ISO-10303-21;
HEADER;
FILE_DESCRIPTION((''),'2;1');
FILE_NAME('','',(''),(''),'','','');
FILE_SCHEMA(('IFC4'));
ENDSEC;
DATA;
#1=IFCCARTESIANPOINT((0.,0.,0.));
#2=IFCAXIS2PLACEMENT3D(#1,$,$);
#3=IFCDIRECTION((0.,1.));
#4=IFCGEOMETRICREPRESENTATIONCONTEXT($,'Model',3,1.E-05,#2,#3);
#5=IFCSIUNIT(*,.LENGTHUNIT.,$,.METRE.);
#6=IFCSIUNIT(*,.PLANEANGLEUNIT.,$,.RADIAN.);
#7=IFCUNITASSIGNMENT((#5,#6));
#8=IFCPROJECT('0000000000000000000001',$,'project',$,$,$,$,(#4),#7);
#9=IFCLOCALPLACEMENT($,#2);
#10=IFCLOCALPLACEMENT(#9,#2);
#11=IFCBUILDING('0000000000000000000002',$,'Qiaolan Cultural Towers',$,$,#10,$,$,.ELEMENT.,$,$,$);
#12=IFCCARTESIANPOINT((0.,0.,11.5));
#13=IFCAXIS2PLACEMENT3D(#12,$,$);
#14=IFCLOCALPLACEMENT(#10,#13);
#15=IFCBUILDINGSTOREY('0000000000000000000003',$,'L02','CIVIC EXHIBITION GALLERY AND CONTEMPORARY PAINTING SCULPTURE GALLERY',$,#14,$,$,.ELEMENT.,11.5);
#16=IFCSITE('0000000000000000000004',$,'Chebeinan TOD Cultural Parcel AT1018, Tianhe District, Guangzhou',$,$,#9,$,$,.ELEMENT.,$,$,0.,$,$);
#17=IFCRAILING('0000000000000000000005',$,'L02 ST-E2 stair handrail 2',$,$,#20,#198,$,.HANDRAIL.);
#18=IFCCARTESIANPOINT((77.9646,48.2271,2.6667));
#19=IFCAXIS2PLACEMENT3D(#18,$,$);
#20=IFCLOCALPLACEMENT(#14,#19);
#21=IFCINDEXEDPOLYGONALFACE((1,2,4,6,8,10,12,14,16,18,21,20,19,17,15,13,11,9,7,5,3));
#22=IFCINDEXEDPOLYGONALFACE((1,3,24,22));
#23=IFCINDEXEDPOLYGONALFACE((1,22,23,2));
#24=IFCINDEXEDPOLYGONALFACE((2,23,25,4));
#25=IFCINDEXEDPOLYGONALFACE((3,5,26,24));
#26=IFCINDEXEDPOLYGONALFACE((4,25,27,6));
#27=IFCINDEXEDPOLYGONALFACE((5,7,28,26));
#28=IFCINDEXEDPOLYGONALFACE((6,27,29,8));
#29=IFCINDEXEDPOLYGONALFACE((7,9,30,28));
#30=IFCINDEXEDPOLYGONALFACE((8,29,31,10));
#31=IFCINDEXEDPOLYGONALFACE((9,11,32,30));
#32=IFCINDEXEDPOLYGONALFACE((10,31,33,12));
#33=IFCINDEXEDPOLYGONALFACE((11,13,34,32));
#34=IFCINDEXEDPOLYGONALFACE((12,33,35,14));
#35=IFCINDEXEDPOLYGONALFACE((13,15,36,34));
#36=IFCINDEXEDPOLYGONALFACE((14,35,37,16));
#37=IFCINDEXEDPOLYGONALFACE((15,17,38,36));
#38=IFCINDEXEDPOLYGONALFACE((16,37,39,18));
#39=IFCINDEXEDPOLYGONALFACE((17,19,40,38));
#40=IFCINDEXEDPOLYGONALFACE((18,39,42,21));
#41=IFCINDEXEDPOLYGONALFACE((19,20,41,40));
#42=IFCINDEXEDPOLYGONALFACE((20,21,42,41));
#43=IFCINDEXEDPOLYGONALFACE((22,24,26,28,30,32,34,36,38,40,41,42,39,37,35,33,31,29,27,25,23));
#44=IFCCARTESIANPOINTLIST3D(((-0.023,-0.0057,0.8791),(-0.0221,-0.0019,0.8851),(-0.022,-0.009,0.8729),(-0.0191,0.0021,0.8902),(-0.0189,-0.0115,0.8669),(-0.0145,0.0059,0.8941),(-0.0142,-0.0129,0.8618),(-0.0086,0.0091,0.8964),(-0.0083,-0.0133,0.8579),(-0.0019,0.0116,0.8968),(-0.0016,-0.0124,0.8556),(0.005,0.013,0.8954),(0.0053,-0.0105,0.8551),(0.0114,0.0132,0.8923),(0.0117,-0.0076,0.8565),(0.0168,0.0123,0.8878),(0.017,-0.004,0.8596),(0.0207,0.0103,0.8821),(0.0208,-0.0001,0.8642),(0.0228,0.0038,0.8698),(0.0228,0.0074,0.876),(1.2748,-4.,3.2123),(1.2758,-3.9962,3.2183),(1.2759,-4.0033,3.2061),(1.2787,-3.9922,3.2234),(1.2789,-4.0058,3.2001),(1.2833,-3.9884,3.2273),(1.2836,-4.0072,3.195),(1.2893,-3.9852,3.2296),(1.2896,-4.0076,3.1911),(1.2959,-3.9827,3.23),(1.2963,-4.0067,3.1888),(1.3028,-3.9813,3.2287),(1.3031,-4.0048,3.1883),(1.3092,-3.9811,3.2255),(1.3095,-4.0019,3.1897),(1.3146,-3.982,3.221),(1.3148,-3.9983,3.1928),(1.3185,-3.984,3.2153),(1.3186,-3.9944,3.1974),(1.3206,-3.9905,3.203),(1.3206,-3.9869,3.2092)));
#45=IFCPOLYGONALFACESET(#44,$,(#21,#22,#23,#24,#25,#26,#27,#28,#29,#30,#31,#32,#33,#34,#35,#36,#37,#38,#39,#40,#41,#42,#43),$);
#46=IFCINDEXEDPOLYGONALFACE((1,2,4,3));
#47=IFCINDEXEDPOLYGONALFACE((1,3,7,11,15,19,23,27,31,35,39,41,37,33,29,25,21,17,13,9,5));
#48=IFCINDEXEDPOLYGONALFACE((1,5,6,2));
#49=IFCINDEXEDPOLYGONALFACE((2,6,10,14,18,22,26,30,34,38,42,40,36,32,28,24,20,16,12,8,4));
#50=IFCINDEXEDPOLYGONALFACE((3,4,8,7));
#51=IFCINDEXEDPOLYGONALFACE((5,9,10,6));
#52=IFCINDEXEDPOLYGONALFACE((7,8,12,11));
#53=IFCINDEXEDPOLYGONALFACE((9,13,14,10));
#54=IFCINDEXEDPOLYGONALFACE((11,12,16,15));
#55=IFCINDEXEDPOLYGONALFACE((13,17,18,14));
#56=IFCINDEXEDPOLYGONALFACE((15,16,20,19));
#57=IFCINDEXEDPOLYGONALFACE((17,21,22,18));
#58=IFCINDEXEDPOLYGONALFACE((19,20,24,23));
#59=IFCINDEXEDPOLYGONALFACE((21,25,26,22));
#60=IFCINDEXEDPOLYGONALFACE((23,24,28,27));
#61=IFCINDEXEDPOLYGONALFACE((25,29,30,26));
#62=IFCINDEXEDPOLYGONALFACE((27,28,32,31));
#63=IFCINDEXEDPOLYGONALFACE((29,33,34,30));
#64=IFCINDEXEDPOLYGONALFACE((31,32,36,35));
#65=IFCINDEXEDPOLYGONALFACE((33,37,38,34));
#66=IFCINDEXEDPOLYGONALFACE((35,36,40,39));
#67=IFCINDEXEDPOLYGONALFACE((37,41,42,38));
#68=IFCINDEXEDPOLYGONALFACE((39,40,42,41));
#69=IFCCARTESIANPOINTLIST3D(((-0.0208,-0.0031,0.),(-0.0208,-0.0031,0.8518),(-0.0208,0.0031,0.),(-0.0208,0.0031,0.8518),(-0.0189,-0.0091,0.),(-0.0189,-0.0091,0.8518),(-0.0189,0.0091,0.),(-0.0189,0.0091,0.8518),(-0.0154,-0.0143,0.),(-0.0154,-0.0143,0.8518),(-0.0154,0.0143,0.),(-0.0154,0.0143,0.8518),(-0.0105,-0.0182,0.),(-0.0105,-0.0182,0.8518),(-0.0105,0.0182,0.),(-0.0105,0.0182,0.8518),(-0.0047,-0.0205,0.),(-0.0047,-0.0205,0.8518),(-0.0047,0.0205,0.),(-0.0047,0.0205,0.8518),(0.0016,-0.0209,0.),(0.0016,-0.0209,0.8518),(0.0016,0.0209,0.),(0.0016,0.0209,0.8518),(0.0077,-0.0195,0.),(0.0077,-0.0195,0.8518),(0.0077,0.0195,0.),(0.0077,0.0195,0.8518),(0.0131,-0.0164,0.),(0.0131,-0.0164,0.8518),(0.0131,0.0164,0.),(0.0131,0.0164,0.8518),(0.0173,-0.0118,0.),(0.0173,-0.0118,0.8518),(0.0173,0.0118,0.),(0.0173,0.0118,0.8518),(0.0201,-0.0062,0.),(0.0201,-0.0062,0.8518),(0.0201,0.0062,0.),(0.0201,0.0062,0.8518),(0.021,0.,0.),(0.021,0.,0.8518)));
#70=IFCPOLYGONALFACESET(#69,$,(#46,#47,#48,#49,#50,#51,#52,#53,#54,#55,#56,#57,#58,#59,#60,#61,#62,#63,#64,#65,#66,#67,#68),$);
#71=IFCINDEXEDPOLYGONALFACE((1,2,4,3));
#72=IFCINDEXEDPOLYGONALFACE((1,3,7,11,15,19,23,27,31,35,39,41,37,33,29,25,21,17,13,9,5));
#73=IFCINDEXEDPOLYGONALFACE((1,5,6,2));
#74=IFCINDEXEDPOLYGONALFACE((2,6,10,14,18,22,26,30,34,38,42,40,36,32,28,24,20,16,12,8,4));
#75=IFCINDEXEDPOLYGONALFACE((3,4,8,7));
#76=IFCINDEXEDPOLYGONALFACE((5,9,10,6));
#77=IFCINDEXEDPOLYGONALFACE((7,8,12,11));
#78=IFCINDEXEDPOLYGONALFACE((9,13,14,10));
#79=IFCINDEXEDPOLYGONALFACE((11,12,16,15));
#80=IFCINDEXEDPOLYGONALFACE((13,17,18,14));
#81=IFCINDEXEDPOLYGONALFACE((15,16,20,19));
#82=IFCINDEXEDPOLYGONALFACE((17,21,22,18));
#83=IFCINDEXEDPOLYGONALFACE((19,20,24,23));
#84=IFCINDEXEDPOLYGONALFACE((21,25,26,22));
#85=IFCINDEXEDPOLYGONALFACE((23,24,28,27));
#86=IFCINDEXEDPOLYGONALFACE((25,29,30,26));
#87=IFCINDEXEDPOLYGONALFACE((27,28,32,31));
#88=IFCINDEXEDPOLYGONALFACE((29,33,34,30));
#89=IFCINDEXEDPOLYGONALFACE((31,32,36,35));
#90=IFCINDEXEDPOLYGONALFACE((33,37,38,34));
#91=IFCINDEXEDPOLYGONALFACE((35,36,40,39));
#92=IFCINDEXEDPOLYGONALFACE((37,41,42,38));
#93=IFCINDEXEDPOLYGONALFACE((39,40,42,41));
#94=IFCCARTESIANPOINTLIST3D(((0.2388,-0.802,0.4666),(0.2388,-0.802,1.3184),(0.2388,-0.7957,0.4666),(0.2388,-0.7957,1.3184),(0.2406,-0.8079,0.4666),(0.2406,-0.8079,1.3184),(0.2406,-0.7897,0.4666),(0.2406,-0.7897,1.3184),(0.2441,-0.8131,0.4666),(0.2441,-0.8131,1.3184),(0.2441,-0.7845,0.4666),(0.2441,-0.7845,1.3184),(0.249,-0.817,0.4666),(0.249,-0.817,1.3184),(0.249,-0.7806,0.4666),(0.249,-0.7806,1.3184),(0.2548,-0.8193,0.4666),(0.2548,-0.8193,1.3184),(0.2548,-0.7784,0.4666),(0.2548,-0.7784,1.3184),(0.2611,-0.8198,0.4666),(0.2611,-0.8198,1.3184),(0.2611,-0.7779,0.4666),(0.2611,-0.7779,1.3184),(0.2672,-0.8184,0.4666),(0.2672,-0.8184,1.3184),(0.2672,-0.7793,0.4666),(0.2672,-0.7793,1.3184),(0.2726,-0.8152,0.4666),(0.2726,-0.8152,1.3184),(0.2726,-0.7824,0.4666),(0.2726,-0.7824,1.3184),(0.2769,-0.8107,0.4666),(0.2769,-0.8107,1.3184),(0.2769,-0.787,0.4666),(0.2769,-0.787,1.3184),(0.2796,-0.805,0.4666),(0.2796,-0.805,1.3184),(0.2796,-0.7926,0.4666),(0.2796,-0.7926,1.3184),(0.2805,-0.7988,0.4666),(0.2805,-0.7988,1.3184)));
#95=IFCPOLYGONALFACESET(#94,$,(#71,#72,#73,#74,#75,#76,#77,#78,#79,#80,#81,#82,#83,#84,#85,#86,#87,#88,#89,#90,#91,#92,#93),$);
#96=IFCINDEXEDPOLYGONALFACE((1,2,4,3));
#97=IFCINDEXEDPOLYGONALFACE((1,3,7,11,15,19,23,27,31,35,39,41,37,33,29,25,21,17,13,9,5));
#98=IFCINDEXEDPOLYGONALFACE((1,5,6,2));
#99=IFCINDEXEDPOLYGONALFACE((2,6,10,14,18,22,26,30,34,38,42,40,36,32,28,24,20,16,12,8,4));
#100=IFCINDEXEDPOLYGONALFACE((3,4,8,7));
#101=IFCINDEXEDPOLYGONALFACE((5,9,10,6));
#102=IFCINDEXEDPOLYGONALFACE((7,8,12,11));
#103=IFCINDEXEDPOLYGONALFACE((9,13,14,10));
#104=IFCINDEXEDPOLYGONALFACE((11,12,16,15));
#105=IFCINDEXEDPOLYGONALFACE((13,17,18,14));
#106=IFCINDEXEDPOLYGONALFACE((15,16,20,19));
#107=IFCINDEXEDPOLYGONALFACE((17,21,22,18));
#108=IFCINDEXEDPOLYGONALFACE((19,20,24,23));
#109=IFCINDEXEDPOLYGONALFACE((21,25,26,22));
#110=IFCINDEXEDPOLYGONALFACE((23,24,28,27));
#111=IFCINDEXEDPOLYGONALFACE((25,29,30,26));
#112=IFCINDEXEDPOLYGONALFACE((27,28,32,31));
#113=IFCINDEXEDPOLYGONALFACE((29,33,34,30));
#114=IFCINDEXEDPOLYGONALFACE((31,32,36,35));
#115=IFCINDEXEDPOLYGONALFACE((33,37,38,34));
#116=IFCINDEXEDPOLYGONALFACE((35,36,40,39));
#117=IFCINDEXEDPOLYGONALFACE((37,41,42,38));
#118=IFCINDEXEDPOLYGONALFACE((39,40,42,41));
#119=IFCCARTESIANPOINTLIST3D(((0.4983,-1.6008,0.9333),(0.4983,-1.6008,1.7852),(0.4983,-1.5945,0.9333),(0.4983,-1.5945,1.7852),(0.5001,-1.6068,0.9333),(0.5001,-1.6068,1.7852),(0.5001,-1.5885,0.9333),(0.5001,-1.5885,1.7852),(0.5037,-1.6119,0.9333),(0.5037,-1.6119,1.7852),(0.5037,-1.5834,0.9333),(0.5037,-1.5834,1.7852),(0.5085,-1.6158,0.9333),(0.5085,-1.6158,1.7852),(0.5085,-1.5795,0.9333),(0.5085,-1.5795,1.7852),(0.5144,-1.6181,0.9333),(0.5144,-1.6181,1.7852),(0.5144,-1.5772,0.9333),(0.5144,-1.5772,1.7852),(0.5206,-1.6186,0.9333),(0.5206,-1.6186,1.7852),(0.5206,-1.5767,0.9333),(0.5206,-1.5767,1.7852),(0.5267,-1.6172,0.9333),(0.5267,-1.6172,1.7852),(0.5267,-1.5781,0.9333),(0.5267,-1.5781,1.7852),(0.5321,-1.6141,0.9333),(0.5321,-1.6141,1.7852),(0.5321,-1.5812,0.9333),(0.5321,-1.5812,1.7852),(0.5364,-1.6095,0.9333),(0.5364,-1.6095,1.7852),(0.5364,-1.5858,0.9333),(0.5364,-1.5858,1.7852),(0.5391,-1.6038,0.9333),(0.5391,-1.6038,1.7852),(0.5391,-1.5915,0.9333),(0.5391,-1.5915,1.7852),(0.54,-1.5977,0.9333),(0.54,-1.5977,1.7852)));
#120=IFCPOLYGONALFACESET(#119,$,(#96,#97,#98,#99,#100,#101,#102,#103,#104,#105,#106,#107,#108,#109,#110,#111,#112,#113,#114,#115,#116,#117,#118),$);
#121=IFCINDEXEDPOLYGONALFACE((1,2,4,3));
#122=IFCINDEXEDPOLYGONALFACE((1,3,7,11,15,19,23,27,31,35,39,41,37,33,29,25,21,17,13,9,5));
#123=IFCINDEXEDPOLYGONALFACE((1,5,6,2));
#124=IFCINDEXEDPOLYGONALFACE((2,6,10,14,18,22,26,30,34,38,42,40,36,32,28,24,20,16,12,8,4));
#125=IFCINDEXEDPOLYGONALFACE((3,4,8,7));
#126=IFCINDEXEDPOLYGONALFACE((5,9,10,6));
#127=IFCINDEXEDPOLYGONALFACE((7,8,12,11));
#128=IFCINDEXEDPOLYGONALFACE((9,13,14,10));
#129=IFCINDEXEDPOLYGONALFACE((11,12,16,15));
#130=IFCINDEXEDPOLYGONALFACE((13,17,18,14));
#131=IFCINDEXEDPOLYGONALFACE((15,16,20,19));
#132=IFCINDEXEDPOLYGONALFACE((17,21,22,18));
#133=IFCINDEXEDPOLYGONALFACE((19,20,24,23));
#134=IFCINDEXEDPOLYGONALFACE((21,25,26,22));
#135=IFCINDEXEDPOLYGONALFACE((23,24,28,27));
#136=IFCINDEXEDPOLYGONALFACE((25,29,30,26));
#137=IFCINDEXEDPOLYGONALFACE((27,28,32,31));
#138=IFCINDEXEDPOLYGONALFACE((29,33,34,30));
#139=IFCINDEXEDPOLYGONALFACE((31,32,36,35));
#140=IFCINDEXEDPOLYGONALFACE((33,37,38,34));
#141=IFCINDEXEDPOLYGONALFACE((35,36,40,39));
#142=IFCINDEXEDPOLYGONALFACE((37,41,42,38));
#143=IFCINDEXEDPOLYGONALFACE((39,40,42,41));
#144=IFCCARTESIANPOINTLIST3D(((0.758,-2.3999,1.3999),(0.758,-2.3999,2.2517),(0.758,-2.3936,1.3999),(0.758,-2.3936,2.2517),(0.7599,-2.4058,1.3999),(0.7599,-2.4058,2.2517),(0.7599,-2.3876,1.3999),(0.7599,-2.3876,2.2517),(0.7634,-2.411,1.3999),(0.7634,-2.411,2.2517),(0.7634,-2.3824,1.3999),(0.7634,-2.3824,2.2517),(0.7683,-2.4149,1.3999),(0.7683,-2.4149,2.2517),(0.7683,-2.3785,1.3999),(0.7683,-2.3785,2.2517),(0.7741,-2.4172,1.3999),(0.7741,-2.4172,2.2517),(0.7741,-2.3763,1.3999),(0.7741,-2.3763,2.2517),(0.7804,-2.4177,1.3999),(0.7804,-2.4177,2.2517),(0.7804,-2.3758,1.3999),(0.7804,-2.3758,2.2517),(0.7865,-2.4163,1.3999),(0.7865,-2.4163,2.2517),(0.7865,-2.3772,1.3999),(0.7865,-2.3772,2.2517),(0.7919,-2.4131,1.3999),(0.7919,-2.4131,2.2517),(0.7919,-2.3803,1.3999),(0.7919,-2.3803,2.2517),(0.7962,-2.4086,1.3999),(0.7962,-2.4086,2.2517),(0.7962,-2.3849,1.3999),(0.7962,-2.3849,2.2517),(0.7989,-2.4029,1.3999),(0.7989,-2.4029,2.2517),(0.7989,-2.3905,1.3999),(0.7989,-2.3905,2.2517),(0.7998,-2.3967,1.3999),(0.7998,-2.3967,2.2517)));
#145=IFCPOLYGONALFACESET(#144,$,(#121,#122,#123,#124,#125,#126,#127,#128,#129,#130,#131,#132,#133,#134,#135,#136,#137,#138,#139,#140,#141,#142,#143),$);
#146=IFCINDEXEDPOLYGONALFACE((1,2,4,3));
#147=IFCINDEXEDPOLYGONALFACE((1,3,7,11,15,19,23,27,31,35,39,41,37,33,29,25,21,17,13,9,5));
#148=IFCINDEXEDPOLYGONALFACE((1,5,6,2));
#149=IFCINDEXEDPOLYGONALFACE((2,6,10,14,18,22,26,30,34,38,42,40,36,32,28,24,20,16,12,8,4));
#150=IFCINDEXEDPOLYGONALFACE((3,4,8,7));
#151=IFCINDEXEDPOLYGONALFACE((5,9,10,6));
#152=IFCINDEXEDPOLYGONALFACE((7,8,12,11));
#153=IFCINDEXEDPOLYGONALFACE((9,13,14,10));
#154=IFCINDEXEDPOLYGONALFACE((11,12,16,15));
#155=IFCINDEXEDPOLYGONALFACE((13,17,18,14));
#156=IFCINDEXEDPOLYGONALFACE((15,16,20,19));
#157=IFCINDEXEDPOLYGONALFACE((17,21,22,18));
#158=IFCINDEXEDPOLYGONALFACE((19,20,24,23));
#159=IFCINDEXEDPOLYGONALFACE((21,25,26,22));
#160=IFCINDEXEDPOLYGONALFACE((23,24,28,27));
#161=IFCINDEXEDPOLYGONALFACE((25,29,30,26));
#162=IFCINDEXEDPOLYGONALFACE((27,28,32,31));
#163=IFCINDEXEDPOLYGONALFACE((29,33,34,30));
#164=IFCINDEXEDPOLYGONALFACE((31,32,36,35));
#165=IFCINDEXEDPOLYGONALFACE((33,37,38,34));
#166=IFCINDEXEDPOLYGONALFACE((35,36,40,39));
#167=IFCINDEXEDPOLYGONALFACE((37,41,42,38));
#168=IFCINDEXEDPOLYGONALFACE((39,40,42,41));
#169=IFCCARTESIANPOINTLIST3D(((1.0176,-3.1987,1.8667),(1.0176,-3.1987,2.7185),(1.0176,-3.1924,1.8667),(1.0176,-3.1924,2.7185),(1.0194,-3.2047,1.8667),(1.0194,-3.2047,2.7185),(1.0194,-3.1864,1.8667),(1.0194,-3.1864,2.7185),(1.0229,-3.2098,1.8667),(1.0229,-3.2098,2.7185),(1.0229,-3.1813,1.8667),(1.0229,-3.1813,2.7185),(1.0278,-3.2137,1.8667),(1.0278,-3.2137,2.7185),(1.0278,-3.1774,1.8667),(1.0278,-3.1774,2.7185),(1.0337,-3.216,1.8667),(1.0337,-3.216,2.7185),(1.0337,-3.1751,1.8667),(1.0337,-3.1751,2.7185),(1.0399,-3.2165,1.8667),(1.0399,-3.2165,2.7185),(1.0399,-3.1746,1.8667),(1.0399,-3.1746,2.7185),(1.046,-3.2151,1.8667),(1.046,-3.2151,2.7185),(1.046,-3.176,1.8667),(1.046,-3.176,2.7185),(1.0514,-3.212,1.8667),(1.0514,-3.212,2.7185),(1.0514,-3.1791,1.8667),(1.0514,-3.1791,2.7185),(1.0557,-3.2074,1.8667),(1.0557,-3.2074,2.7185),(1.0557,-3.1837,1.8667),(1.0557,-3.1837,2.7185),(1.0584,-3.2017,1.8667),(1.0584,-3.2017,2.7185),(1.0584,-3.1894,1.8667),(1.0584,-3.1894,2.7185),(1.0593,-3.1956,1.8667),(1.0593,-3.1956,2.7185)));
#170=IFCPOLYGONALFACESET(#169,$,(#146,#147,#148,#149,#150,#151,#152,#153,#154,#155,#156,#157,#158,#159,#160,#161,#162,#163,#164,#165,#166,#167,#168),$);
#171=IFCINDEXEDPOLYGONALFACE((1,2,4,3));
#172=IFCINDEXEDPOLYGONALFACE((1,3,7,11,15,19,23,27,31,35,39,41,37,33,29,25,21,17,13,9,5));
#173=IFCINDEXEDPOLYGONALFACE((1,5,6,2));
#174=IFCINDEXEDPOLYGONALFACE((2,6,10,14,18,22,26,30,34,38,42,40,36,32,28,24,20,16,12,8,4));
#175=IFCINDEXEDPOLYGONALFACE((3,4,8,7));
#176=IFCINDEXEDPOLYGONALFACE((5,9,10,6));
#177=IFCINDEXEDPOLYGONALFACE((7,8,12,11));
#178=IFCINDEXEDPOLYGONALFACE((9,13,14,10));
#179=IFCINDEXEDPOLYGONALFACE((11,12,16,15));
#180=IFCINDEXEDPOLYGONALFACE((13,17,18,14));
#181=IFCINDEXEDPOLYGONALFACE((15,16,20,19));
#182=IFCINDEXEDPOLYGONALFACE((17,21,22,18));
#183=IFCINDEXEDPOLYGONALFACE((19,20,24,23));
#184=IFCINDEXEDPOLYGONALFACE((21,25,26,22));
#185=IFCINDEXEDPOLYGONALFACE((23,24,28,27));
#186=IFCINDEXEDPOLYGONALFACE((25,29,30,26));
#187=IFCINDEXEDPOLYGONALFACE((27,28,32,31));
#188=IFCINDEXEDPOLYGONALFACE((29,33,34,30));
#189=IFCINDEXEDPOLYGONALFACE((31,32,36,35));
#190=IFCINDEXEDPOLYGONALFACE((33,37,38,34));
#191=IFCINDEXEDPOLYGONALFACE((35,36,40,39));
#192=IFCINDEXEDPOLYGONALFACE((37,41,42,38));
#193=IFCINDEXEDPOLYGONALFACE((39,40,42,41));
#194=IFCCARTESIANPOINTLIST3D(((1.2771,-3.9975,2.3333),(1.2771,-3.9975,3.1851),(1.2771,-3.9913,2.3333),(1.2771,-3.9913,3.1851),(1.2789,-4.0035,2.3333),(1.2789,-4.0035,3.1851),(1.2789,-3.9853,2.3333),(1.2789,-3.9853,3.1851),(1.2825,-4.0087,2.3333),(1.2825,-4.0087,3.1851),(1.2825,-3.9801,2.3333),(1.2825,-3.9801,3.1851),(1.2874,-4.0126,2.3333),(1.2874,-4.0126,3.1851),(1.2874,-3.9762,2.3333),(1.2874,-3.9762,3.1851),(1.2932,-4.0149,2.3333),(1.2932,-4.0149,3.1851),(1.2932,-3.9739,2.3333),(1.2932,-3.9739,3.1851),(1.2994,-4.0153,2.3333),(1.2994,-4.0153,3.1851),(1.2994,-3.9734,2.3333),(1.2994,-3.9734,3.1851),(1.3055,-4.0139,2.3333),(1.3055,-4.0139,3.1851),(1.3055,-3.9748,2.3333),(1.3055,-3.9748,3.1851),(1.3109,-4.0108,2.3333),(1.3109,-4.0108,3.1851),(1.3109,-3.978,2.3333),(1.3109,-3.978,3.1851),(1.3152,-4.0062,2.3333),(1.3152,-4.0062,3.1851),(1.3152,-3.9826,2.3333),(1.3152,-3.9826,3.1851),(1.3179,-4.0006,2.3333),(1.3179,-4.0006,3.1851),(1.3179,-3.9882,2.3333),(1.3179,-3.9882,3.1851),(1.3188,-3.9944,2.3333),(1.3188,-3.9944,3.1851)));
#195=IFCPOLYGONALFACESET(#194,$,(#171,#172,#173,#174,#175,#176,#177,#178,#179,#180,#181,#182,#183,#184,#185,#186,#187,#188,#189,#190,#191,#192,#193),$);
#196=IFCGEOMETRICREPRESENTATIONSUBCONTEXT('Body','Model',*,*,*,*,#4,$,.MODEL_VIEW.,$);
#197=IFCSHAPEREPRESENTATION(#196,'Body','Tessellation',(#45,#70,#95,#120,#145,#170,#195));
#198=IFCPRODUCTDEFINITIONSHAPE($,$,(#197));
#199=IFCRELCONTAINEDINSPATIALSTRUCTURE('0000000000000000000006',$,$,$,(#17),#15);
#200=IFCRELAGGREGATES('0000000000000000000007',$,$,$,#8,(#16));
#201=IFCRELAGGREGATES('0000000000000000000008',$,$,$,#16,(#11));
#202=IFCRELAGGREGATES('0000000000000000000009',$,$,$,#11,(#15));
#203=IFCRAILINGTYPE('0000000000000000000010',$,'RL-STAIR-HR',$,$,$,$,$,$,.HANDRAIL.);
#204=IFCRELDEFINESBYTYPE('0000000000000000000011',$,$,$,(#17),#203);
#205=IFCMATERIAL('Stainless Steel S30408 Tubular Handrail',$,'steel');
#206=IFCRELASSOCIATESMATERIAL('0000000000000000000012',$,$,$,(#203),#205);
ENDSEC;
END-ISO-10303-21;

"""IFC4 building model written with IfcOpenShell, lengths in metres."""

from ifc_helpers import new_model, si_unit, direction, frame, origin, origin_2d, place, context, subcontext, project, spatial, circle, extrude, material, type_object, element, save


model = new_model("IFC4")

# Units and contexts
model_context = context("Model", 3, precision=1e-05, world=origin(), true_north=direction((0.0, 1.0)))
body_context = subcontext(model_context, "Body", "Model", "MODEL_VIEW")
ifc_project = project(units=[si_unit("LENGTHUNIT", "METRE"), si_unit("PLANEANGLEUNIT", "RADIAN")], contexts=[model_context])

# Site, building, storey
site_placement = place(None, origin())
site = spatial("IfcSite", under=ifc_project, at=site_placement, Name="Chebeinan TOD Cultural Parcel AT1018, Tianhe District, Guangzhou", CompositionType="ELEMENT", RefElevation=0.0)
building_placement = place(site_placement, origin())
building = spatial("IfcBuilding", under=site, at=building_placement, Name="Qiaolan Cultural Towers", CompositionType="ELEMENT")
storey_placement = place(building_placement, frame((0.0, 0.0, 11.5)))
storey = spatial("IfcBuildingStorey", under=building, at=storey_placement, Name="L02", Description="CIVIC EXHIBITION GALLERY AND CONTEMPORARY PAINTING SCULPTURE GALLERY", CompositionType="ELEMENT", Elevation=11.5)

# Railing
ifc_material_1 = material(Name="Stainless Steel S30408 Tubular Handrail", Category="steel")
railing_type_1 = type_object("IfcRailingType", Name="RL-STAIR-HR", PredefinedType="HANDRAIL", material=ifc_material_1)
railing_1_placement = place(storey_placement, frame((77.9646, 48.2271, 2.6667)))
element("IfcRailing", 1, at=railing_1_placement, inside=storey, type_object=railing_type_1, Name="L02 ST-E2 stair handrail 2", PredefinedType="HANDRAIL", context=body_context, shape_type="SweptSolid", body=[
    extrude(circle(Radius=0.0239, at=origin_2d()), frame((0.0, 0.0, 0.876), z_axis=(0.27013, -0.831377, 0.485635), x_axis=(0.951057, 0.309016, 0.0)), (0.0, 0.0, 1.0), 4.8044),
    extrude(circle(Radius=0.021, at=origin_2d()), origin(), (0.0, 0.0, 1.0), 0.8518),
    extrude(circle(Radius=0.021, at=origin_2d()), frame((0.2595, -0.7988, 0.4666)), (0.0, 0.0, 1.0), 0.8518),
    extrude(circle(Radius=0.021, at=origin_2d()), frame((0.519, -1.5977, 0.9333)), (0.0, 0.0, 1.0), 0.8518),
    extrude(circle(Radius=0.021, at=origin_2d()), frame((0.7788, -2.3967, 1.3999)), (0.0, 0.0, 1.0), 0.8518),
    extrude(circle(Radius=0.021, at=origin_2d()), frame((1.0383, -3.1956, 1.8667)), (0.0, 0.0, 1.0), 0.8518),
    extrude(circle(Radius=0.021, at=origin_2d()), frame((1.2979, -3.9944, 2.3333)), (0.0, 0.0, 1.0), 0.8518),
])

save(model, "model.ifc")
